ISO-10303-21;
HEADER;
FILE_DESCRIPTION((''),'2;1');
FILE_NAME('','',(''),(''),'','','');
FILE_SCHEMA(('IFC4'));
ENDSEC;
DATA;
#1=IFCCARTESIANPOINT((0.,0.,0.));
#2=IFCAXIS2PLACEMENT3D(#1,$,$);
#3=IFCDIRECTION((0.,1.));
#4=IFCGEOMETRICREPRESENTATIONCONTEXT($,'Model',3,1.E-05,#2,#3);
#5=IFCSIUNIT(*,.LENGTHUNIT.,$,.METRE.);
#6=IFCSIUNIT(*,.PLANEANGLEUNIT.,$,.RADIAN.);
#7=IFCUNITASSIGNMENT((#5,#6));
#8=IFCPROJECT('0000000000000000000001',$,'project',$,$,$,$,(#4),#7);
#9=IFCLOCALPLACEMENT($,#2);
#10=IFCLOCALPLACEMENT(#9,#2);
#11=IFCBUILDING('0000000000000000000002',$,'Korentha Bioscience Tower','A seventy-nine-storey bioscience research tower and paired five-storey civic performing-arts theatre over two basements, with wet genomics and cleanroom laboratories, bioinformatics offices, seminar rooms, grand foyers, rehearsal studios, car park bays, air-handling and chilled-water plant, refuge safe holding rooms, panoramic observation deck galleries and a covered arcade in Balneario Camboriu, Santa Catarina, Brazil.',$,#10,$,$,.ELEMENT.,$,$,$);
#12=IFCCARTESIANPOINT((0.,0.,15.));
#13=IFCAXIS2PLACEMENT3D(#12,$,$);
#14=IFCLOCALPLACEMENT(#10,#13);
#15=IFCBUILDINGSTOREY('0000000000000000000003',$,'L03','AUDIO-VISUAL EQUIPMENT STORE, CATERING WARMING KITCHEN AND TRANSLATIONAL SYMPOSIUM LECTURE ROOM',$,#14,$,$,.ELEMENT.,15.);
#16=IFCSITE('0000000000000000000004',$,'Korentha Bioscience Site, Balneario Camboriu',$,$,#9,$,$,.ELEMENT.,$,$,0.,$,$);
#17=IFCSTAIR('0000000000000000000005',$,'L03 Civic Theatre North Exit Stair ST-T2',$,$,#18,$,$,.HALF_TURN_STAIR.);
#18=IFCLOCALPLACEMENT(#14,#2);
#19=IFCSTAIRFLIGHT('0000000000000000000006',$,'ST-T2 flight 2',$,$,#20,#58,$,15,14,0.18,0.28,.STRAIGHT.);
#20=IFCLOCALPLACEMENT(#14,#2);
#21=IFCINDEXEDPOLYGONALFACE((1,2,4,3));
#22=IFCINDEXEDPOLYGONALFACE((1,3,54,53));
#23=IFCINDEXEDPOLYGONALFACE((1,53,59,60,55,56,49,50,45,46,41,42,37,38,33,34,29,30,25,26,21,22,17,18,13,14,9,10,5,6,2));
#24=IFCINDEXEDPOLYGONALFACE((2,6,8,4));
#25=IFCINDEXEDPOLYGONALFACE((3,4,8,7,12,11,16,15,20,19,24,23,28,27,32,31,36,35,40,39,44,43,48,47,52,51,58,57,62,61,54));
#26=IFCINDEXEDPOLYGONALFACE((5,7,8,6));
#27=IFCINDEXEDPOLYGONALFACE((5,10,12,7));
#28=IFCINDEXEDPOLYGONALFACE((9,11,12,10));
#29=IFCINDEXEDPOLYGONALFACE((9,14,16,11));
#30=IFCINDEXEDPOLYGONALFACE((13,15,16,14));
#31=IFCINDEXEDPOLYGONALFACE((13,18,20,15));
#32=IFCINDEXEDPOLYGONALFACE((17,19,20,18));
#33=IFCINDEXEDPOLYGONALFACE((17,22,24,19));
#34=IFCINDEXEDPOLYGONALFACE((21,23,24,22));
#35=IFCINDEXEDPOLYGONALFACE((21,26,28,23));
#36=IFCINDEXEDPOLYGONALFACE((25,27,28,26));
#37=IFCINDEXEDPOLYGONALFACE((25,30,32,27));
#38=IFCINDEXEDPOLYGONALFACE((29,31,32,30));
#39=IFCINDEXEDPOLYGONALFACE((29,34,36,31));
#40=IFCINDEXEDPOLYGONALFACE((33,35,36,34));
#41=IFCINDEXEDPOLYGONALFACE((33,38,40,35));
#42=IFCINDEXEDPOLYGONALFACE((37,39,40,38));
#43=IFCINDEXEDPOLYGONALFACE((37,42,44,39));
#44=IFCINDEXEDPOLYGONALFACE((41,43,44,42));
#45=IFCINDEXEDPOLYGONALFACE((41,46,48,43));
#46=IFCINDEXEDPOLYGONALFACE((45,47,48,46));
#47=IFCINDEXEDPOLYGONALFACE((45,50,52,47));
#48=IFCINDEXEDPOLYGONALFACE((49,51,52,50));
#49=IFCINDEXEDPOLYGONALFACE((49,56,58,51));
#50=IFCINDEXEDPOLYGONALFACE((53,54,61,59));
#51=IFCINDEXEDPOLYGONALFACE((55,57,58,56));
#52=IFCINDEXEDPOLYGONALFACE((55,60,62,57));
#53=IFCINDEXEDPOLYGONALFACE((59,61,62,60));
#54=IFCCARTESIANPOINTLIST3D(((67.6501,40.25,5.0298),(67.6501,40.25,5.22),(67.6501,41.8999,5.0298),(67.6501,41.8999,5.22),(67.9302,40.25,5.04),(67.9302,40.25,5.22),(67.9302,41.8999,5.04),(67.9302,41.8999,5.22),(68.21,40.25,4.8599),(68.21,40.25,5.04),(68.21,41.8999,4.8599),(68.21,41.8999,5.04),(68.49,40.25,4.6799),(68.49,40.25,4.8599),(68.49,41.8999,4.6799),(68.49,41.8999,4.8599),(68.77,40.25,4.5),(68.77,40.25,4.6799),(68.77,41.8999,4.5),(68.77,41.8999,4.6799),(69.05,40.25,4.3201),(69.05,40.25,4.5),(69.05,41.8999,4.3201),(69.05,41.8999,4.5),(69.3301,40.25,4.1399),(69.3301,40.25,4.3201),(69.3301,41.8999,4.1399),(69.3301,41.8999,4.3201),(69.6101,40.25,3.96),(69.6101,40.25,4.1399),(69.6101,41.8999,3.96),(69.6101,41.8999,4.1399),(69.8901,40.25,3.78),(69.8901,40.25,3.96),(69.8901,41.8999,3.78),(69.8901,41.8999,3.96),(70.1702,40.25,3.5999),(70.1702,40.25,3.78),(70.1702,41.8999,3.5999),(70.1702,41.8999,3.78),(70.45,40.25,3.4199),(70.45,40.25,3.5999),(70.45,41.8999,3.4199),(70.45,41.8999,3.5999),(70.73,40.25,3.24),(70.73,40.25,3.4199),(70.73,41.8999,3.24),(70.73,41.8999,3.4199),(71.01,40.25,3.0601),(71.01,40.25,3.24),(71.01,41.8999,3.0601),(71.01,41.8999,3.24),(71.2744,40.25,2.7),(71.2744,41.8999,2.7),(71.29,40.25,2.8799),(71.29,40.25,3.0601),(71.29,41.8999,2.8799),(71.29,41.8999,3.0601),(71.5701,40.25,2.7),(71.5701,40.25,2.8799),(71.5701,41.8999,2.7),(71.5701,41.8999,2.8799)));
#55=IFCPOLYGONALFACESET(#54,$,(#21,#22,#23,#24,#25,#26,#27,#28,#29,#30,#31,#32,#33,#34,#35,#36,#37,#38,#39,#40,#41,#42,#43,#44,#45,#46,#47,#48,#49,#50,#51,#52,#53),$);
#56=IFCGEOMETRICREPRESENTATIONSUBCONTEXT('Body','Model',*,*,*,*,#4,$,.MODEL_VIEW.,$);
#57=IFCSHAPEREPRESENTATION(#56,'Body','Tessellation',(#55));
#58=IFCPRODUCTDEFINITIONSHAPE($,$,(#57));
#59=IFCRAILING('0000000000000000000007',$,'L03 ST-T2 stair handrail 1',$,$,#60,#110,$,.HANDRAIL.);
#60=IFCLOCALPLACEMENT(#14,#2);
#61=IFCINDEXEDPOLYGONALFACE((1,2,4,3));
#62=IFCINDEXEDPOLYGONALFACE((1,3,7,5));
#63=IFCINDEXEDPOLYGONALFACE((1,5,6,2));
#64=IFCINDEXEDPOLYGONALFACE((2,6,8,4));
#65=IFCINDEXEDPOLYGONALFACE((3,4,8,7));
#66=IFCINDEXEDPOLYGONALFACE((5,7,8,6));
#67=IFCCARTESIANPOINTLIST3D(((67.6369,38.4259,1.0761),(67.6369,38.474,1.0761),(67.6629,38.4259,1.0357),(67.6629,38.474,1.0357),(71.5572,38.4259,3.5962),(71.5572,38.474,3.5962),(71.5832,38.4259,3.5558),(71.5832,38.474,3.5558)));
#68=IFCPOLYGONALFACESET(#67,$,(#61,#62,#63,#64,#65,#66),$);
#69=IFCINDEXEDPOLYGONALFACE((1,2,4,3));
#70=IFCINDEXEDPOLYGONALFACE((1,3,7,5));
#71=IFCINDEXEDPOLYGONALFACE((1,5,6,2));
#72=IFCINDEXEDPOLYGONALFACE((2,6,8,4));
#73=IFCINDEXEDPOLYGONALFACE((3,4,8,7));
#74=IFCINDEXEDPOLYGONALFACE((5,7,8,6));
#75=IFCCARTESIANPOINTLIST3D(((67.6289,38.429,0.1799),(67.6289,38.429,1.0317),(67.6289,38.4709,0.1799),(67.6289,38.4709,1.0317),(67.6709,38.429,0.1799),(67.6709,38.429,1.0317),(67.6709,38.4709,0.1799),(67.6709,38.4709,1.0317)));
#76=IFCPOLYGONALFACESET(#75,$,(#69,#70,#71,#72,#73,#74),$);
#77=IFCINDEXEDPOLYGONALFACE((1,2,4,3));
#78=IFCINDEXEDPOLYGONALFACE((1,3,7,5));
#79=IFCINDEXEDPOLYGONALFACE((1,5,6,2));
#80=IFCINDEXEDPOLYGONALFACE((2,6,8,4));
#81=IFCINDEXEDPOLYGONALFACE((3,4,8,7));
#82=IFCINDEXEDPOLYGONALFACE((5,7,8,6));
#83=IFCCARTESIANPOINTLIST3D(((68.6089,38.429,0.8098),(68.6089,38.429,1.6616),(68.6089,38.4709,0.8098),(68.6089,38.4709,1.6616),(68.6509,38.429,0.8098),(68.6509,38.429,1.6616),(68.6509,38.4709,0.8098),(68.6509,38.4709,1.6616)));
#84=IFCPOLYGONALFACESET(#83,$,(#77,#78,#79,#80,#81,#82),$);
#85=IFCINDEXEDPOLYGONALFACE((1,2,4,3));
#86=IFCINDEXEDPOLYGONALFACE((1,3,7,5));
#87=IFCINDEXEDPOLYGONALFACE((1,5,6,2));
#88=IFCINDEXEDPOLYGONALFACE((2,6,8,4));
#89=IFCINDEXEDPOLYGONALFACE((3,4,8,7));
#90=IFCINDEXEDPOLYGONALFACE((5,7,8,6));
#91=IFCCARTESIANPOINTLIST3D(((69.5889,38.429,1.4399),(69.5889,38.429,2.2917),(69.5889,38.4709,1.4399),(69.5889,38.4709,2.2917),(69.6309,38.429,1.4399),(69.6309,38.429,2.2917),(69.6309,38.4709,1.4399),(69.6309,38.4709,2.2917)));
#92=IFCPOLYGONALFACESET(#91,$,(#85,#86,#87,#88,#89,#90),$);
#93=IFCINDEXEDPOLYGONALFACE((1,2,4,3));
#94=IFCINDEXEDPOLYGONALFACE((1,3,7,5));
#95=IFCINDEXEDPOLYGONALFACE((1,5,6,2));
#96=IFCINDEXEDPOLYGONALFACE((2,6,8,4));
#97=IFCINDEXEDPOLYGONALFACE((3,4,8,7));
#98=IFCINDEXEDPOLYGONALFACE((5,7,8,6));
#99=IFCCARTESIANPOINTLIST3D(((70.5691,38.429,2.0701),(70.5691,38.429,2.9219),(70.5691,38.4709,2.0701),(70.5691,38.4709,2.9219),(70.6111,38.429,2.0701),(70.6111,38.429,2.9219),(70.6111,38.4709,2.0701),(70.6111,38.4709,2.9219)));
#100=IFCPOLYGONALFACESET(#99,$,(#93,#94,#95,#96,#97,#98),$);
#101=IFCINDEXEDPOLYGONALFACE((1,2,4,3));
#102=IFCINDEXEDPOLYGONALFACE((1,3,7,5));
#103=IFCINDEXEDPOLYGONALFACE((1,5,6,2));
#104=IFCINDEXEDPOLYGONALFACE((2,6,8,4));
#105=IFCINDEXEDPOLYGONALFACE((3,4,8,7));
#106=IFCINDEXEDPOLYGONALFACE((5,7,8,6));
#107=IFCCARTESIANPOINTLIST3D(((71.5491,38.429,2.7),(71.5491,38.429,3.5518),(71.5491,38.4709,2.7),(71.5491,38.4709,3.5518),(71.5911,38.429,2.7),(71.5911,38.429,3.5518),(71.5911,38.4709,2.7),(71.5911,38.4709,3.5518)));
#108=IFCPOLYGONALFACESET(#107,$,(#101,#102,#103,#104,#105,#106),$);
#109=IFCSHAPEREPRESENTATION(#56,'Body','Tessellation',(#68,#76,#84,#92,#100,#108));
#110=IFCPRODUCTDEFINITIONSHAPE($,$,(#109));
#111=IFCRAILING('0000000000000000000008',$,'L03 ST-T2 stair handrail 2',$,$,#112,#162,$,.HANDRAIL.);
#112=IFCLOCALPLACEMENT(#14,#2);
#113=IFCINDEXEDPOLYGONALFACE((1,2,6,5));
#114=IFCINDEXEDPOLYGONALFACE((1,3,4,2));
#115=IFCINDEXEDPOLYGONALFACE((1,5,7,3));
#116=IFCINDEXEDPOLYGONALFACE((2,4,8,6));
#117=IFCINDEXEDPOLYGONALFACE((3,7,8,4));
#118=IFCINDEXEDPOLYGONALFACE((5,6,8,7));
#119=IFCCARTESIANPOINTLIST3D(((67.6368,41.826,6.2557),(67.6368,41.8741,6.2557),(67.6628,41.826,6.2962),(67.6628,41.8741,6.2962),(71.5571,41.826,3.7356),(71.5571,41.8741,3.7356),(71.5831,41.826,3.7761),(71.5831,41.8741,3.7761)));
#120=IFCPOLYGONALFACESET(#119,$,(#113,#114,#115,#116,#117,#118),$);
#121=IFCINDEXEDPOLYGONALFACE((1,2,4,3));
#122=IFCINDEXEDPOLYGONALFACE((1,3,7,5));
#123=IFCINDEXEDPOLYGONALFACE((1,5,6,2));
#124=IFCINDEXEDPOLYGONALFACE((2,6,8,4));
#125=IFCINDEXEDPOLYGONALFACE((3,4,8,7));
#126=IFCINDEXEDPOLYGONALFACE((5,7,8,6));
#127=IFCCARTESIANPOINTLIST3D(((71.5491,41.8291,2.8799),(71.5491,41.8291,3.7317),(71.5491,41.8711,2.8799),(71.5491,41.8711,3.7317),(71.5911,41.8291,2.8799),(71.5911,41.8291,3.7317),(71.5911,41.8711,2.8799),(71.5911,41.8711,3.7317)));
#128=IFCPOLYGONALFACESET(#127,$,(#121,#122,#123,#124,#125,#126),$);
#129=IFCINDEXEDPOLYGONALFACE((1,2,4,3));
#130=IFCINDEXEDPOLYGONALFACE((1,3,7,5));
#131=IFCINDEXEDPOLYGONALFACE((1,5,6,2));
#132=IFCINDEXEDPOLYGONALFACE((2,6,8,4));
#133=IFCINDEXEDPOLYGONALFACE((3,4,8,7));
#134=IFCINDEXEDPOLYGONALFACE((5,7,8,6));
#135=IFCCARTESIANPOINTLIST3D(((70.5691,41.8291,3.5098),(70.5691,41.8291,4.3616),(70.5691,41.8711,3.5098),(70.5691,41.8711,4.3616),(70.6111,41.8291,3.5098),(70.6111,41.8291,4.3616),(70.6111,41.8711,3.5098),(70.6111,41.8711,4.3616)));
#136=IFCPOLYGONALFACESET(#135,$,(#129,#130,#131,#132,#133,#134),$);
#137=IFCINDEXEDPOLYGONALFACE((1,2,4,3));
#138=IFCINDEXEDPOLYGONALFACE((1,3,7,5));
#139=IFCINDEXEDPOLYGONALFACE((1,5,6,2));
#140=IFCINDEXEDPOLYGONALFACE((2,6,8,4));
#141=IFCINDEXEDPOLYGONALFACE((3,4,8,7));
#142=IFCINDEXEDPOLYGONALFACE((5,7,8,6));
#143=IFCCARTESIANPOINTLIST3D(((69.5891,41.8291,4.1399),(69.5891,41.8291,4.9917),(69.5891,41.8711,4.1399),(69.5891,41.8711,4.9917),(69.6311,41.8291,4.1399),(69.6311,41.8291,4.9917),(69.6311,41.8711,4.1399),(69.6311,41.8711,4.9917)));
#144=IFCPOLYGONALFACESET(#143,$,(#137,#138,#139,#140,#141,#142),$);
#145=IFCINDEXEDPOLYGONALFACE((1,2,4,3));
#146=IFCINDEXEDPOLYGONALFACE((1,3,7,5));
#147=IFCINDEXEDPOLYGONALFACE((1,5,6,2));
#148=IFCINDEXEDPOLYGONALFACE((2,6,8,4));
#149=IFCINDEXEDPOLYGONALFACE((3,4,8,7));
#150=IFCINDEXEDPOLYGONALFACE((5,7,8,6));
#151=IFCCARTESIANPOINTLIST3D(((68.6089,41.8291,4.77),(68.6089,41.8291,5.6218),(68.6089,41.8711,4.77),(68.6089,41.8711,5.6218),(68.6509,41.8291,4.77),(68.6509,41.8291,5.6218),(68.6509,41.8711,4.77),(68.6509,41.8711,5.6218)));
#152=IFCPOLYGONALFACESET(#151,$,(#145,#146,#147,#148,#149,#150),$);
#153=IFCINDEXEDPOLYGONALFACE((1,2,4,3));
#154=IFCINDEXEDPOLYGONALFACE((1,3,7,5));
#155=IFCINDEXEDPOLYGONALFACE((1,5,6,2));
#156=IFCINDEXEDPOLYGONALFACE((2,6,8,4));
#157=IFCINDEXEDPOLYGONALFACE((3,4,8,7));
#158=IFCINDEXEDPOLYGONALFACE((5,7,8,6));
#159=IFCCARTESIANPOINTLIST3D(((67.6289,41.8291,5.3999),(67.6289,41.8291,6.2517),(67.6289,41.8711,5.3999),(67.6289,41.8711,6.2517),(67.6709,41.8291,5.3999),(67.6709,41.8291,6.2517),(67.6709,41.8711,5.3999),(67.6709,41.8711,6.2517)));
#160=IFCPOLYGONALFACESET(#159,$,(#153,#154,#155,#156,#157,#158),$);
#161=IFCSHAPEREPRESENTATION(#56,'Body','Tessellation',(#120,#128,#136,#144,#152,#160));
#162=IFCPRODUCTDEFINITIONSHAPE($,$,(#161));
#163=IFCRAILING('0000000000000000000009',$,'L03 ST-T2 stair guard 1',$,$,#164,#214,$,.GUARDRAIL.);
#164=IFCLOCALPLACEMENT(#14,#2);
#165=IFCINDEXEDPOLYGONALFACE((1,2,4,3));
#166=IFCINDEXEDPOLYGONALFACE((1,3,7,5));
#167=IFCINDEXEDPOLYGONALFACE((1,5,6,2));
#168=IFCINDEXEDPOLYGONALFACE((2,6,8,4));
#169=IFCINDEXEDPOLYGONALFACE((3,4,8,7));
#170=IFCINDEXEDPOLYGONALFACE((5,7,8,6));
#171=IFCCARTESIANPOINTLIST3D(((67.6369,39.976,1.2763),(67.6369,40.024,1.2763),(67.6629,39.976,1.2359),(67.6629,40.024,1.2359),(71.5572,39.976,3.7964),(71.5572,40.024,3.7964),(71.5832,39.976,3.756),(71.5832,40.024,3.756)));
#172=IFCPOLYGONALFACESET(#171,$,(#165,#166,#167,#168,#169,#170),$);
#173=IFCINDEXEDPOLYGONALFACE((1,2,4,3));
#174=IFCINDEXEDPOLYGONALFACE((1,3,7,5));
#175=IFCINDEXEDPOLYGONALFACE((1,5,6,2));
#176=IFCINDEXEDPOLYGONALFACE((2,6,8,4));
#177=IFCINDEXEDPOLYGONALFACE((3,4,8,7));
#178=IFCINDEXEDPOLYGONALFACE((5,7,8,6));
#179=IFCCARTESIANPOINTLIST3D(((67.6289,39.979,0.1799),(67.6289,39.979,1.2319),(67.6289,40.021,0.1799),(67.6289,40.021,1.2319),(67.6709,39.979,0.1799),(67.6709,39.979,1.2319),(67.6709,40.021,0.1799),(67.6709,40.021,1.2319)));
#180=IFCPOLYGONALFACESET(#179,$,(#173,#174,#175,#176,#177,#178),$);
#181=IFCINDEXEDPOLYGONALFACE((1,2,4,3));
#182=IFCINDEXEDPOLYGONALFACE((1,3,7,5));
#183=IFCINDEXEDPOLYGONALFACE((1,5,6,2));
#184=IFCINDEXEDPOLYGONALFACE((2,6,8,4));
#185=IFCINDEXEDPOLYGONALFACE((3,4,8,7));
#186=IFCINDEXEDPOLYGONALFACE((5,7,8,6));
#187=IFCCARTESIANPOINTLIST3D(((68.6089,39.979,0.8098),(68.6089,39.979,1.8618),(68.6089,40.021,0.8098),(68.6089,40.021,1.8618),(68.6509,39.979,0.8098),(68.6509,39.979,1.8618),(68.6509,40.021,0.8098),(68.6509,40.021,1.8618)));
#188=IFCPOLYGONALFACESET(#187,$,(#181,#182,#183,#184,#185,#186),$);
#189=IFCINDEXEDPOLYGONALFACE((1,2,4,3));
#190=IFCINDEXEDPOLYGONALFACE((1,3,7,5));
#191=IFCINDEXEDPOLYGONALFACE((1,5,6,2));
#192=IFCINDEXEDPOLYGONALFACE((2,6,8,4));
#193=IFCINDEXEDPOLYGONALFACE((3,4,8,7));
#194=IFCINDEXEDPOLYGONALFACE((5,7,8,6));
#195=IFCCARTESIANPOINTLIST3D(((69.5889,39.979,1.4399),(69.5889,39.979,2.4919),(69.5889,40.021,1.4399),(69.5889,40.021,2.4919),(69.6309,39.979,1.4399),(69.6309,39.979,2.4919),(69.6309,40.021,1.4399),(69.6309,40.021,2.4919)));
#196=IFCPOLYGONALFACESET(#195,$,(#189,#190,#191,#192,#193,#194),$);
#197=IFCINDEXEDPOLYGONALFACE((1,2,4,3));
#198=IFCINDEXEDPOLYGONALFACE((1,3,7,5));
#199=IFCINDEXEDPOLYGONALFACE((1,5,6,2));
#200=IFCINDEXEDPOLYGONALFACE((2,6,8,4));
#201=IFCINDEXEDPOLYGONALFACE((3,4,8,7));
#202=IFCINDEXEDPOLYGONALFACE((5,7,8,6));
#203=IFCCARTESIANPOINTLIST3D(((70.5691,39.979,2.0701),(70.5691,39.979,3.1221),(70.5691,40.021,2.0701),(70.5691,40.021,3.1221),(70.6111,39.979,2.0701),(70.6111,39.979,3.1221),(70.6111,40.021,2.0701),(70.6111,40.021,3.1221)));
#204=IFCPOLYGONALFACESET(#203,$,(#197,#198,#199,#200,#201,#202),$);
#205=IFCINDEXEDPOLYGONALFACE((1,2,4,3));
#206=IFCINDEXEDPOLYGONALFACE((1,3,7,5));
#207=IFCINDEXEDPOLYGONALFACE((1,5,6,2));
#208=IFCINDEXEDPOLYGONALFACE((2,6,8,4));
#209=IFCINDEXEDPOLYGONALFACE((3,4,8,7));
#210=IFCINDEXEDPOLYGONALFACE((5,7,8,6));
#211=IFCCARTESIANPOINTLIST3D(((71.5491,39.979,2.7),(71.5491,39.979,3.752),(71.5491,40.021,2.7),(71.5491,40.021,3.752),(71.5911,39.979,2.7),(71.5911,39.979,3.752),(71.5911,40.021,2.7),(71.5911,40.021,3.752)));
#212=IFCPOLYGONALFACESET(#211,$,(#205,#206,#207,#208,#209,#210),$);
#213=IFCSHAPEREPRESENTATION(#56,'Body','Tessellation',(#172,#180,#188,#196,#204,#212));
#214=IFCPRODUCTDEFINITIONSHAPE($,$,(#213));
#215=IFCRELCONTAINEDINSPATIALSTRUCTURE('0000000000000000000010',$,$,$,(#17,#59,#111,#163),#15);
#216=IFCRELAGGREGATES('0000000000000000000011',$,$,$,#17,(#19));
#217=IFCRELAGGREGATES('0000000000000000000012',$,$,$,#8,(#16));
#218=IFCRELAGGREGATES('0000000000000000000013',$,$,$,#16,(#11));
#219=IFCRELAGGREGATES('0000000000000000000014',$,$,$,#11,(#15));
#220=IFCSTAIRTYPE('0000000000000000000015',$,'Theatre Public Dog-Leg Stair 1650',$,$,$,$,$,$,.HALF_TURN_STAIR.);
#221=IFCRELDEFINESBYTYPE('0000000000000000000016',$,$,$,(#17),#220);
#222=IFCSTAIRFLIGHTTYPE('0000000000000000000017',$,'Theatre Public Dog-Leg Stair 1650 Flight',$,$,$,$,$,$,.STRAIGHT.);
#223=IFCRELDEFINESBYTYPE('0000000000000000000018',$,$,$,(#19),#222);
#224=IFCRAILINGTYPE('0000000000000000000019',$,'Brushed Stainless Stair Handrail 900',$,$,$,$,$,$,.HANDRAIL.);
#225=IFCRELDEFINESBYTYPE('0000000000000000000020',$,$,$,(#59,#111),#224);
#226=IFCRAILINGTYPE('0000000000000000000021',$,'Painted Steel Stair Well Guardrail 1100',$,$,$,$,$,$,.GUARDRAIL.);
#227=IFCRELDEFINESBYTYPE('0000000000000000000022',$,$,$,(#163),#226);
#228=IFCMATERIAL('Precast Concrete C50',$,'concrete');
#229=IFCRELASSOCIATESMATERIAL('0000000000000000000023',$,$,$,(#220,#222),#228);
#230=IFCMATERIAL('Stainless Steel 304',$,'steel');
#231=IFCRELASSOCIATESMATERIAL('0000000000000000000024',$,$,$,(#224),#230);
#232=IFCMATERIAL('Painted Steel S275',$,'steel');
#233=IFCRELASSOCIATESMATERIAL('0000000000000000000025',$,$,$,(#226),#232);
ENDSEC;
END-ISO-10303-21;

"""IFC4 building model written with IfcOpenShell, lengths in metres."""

from ifc_helpers import new_model, si_unit, direction, frame, origin, origin_2d, place, context, subcontext, project, spatial, polyline, rectangle, outline, extrude, material, type_object, element, aggregate, save


model = new_model("IFC4")

# Units and contexts
model_context = context("Model", 3, precision=1e-05, world=origin(), true_north=direction((0.0, 1.0)))
body_context = subcontext(model_context, "Body", "Model", "MODEL_VIEW")
ifc_project = project(units=[si_unit("LENGTHUNIT", "METRE"), si_unit("PLANEANGLEUNIT", "RADIAN")], contexts=[model_context])

# Site, building, storey
site_placement = place(None, origin())
site = spatial("IfcSite", under=ifc_project, at=site_placement, Name="Korentha Bioscience Site, Balneario Camboriu", CompositionType="ELEMENT", RefElevation=0.0)
building_placement = place(site_placement, origin())
building = spatial("IfcBuilding", under=site, at=building_placement, Name="Korentha Bioscience Tower", Description="A seventy-nine-storey bioscience research tower and paired five-storey civic performing-arts theatre over two basements, with wet genomics and cleanroom laboratories, bioinformatics offices, seminar rooms, grand foyers, rehearsal studios, car park bays, air-handling and chilled-water plant, refuge safe holding rooms, panoramic observation deck galleries and a covered arcade in Balneario Camboriu, Santa Catarina, Brazil.", CompositionType="ELEMENT")
storey_placement = place(building_placement, frame((0.0, 0.0, 15.0)))
storey = spatial("IfcBuildingStorey", under=building, at=storey_placement, Name="L03", Description="AUDIO-VISUAL EQUIPMENT STORE, CATERING WARMING KITCHEN AND TRANSLATIONAL SYMPOSIUM LECTURE ROOM", CompositionType="ELEMENT", Elevation=15.0)

# Stair, stair flight
ifc_material_1 = material(Name="Precast Concrete C50", Category="concrete")
stair_type = type_object("IfcStairType", Name="Theatre Public Dog-Leg Stair 1650", PredefinedType="HALF_TURN_STAIR", material=ifc_material_1)
stair_placement = place(storey_placement, origin())
stair = element("IfcStair", 1, at=stair_placement, inside=storey, type_object=stair_type, Name="L03 Civic Theatre North Exit Stair ST-T2", PredefinedType="HALF_TURN_STAIR")
stair_flight_type = type_object("IfcStairFlightType", Name="Theatre Public Dog-Leg Stair 1650 Flight", PredefinedType="STRAIGHT", material=ifc_material_1)
stair_flight_1_placement = place(storey_placement, frame((71.5701, 41.075, 2.7), z_axis=(0.0, 0.0, 1.0), x_axis=(-1.0, 0.0, 0.0)))
stair_flight_1 = element("IfcStairFlight", 2, at=stair_flight_1_placement, type_object=stair_flight_type, Name="ST-T2 flight 2", NumberOfRisers=15, NumberOfTreads=14, PredefinedType="STRAIGHT", RiserHeight=0.18, TreadLength=0.28, context=body_context, shape_type="SweptSolid", body=[
    extrude(outline(polyline([(0.0, 0.0), (0.0, 0.1799), (0.28, 0.1799), (0.28, 0.3601), (0.5601, 0.3601), (0.5601, 0.54), (0.8401, 0.54), (0.8401, 0.72), (1.1201, 0.72), (1.1201, 0.8999), (1.3999, 0.8999), (1.3999, 1.0801), (1.6799, 1.0801), (1.6799, 1.26), (1.96, 1.26), (1.96, 1.4399), (2.24, 1.4399), (2.24, 1.6201), (2.52, 1.6201), (2.52, 1.8), (2.8, 1.8), (2.8, 1.98), (3.0801, 1.98), (3.0801, 2.1599), (3.3601, 2.1599), (3.3601, 2.3401), (3.6399, 2.3401), (3.6399, 2.52), (3.9199, 2.52), (3.9199, 2.7), (3.9199, 2.3298), (0.2957, 0.0), (0.0, 0.0)])), frame((0.0, 0.825, 0.0), z_axis=(0.0, -1.0, 0.0), x_axis=(1.0, 0.0, 0.0)), (0.0, 0.0, 1.0), 1.6499),
])
aggregate(stair, [stair_flight_1])

# Railings
ifc_material_2 = material(Name="Stainless Steel 304", Category="steel")
railing_type_1 = type_object("IfcRailingType", Name="Brushed Stainless Stair Handrail 900", PredefinedType="HANDRAIL", material=ifc_material_2)
railing_1_placement = place(storey_placement, frame((67.6499, 38.45, 0.1799)))
element("IfcRailing", 3, at=railing_1_placement, inside=storey, type_object=railing_type_1, Name="L03 ST-T2 stair handrail 1", PredefinedType="HANDRAIL", context=body_context, shape_type="SweptSolid", body=[
    extrude(rectangle(XDim=0.0481, YDim=0.0481, at=origin_2d()), frame((0.0, 0.0, 0.876), z_axis=(0.841187, 0.0, 0.540744), x_axis=(0.0, 1.0, 0.0)), (0.0, 0.0, 1.0), 4.6604),
    extrude(rectangle(XDim=0.042, YDim=0.042, at=origin_2d()), origin(), (0.0, 0.0, 1.0), 0.8518),
    extrude(rectangle(XDim=0.042, YDim=0.042, at=origin_2d()), frame((0.98, 0.0, 0.6299)), (0.0, 0.0, 1.0), 0.8518),
    extrude(rectangle(XDim=0.042, YDim=0.042, at=origin_2d()), frame((1.96, 0.0, 1.26)), (0.0, 0.0, 1.0), 0.8518),
    extrude(rectangle(XDim=0.042, YDim=0.042, at=origin_2d()), frame((2.9402, 0.0, 1.8901)), (0.0, 0.0, 1.0), 0.8518),
    extrude(rectangle(XDim=0.042, YDim=0.042, at=origin_2d()), frame((3.9202, 0.0, 2.52)), (0.0, 0.0, 1.0), 0.8518),
])
railing_2_placement = place(storey_placement, frame((71.5701, 41.8501, 2.8799)))
element("IfcRailing", 4, at=railing_2_placement, inside=storey, type_object=railing_type_1, Name="L03 ST-T2 stair handrail 2", PredefinedType="HANDRAIL", context=body_context, shape_type="SweptSolid", body=[
    extrude(rectangle(XDim=0.0481, YDim=0.0481, at=origin_2d()), frame((0.0, 0.0, 0.876), z_axis=(-0.841187, 0.0, 0.540744), x_axis=(0.0, -1.0, 0.0)), (0.0, 0.0, 1.0), 4.6604),
    extrude(rectangle(XDim=0.042, YDim=0.042, at=origin_2d()), origin(), (0.0, 0.0, 1.0), 0.8518),
    extrude(rectangle(XDim=0.042, YDim=0.042, at=origin_2d()), frame((-0.98, 0.0, 0.6299)), (0.0, 0.0, 1.0), 0.8518),
    extrude(rectangle(XDim=0.042, YDim=0.042, at=origin_2d()), frame((-1.96, 0.0, 1.26)), (0.0, 0.0, 1.0), 0.8518),
    extrude(rectangle(XDim=0.042, YDim=0.042, at=origin_2d()), frame((-2.9402, 0.0, 1.8901)), (0.0, 0.0, 1.0), 0.8518),
    extrude(rectangle(XDim=0.042, YDim=0.042, at=origin_2d()), frame((-3.9202, 0.0, 2.52)), (0.0, 0.0, 1.0), 0.8518),
])
ifc_material_3 = material(Name="Painted Steel S275", Category="steel")
railing_type_2 = type_object("IfcRailingType", Name="Painted Steel Stair Well Guardrail 1100", PredefinedType="GUARDRAIL", material=ifc_material_3)
railing_3_placement = place(storey_placement, frame((67.6499, 40.0, 0.1799)))
element("IfcRailing", 5, at=railing_3_placement, inside=storey, type_object=railing_type_2, Name="L03 ST-T2 stair guard 1", PredefinedType="GUARDRAIL", context=body_context, shape_type="SweptSolid", body=[
    extrude(rectangle(XDim=0.0481, YDim=0.0481, at=origin_2d()), frame((0.0, 0.0, 1.0762), z_axis=(0.841187, 0.0, 0.540744), x_axis=(0.0, 1.0, 0.0)), (0.0, 0.0, 1.0), 4.6604),
    extrude(rectangle(XDim=0.042, YDim=0.042, at=origin_2d()), origin(), (0.0, 0.0, 1.0), 1.052),
    extrude(rectangle(XDim=0.042, YDim=0.042, at=origin_2d()), frame((0.98, 0.0, 0.6299)), (0.0, 0.0, 1.0), 1.052),
    extrude(rectangle(XDim=0.042, YDim=0.042, at=origin_2d()), frame((1.96, 0.0, 1.26)), (0.0, 0.0, 1.0), 1.052),
    extrude(rectangle(XDim=0.042, YDim=0.042, at=origin_2d()), frame((2.9402, 0.0, 1.8901)), (0.0, 0.0, 1.0), 1.052),
    extrude(rectangle(XDim=0.042, YDim=0.042, at=origin_2d()), frame((3.9202, 0.0, 2.52)), (0.0, 0.0, 1.0), 1.052),
])

save(model, "model.ifc")
